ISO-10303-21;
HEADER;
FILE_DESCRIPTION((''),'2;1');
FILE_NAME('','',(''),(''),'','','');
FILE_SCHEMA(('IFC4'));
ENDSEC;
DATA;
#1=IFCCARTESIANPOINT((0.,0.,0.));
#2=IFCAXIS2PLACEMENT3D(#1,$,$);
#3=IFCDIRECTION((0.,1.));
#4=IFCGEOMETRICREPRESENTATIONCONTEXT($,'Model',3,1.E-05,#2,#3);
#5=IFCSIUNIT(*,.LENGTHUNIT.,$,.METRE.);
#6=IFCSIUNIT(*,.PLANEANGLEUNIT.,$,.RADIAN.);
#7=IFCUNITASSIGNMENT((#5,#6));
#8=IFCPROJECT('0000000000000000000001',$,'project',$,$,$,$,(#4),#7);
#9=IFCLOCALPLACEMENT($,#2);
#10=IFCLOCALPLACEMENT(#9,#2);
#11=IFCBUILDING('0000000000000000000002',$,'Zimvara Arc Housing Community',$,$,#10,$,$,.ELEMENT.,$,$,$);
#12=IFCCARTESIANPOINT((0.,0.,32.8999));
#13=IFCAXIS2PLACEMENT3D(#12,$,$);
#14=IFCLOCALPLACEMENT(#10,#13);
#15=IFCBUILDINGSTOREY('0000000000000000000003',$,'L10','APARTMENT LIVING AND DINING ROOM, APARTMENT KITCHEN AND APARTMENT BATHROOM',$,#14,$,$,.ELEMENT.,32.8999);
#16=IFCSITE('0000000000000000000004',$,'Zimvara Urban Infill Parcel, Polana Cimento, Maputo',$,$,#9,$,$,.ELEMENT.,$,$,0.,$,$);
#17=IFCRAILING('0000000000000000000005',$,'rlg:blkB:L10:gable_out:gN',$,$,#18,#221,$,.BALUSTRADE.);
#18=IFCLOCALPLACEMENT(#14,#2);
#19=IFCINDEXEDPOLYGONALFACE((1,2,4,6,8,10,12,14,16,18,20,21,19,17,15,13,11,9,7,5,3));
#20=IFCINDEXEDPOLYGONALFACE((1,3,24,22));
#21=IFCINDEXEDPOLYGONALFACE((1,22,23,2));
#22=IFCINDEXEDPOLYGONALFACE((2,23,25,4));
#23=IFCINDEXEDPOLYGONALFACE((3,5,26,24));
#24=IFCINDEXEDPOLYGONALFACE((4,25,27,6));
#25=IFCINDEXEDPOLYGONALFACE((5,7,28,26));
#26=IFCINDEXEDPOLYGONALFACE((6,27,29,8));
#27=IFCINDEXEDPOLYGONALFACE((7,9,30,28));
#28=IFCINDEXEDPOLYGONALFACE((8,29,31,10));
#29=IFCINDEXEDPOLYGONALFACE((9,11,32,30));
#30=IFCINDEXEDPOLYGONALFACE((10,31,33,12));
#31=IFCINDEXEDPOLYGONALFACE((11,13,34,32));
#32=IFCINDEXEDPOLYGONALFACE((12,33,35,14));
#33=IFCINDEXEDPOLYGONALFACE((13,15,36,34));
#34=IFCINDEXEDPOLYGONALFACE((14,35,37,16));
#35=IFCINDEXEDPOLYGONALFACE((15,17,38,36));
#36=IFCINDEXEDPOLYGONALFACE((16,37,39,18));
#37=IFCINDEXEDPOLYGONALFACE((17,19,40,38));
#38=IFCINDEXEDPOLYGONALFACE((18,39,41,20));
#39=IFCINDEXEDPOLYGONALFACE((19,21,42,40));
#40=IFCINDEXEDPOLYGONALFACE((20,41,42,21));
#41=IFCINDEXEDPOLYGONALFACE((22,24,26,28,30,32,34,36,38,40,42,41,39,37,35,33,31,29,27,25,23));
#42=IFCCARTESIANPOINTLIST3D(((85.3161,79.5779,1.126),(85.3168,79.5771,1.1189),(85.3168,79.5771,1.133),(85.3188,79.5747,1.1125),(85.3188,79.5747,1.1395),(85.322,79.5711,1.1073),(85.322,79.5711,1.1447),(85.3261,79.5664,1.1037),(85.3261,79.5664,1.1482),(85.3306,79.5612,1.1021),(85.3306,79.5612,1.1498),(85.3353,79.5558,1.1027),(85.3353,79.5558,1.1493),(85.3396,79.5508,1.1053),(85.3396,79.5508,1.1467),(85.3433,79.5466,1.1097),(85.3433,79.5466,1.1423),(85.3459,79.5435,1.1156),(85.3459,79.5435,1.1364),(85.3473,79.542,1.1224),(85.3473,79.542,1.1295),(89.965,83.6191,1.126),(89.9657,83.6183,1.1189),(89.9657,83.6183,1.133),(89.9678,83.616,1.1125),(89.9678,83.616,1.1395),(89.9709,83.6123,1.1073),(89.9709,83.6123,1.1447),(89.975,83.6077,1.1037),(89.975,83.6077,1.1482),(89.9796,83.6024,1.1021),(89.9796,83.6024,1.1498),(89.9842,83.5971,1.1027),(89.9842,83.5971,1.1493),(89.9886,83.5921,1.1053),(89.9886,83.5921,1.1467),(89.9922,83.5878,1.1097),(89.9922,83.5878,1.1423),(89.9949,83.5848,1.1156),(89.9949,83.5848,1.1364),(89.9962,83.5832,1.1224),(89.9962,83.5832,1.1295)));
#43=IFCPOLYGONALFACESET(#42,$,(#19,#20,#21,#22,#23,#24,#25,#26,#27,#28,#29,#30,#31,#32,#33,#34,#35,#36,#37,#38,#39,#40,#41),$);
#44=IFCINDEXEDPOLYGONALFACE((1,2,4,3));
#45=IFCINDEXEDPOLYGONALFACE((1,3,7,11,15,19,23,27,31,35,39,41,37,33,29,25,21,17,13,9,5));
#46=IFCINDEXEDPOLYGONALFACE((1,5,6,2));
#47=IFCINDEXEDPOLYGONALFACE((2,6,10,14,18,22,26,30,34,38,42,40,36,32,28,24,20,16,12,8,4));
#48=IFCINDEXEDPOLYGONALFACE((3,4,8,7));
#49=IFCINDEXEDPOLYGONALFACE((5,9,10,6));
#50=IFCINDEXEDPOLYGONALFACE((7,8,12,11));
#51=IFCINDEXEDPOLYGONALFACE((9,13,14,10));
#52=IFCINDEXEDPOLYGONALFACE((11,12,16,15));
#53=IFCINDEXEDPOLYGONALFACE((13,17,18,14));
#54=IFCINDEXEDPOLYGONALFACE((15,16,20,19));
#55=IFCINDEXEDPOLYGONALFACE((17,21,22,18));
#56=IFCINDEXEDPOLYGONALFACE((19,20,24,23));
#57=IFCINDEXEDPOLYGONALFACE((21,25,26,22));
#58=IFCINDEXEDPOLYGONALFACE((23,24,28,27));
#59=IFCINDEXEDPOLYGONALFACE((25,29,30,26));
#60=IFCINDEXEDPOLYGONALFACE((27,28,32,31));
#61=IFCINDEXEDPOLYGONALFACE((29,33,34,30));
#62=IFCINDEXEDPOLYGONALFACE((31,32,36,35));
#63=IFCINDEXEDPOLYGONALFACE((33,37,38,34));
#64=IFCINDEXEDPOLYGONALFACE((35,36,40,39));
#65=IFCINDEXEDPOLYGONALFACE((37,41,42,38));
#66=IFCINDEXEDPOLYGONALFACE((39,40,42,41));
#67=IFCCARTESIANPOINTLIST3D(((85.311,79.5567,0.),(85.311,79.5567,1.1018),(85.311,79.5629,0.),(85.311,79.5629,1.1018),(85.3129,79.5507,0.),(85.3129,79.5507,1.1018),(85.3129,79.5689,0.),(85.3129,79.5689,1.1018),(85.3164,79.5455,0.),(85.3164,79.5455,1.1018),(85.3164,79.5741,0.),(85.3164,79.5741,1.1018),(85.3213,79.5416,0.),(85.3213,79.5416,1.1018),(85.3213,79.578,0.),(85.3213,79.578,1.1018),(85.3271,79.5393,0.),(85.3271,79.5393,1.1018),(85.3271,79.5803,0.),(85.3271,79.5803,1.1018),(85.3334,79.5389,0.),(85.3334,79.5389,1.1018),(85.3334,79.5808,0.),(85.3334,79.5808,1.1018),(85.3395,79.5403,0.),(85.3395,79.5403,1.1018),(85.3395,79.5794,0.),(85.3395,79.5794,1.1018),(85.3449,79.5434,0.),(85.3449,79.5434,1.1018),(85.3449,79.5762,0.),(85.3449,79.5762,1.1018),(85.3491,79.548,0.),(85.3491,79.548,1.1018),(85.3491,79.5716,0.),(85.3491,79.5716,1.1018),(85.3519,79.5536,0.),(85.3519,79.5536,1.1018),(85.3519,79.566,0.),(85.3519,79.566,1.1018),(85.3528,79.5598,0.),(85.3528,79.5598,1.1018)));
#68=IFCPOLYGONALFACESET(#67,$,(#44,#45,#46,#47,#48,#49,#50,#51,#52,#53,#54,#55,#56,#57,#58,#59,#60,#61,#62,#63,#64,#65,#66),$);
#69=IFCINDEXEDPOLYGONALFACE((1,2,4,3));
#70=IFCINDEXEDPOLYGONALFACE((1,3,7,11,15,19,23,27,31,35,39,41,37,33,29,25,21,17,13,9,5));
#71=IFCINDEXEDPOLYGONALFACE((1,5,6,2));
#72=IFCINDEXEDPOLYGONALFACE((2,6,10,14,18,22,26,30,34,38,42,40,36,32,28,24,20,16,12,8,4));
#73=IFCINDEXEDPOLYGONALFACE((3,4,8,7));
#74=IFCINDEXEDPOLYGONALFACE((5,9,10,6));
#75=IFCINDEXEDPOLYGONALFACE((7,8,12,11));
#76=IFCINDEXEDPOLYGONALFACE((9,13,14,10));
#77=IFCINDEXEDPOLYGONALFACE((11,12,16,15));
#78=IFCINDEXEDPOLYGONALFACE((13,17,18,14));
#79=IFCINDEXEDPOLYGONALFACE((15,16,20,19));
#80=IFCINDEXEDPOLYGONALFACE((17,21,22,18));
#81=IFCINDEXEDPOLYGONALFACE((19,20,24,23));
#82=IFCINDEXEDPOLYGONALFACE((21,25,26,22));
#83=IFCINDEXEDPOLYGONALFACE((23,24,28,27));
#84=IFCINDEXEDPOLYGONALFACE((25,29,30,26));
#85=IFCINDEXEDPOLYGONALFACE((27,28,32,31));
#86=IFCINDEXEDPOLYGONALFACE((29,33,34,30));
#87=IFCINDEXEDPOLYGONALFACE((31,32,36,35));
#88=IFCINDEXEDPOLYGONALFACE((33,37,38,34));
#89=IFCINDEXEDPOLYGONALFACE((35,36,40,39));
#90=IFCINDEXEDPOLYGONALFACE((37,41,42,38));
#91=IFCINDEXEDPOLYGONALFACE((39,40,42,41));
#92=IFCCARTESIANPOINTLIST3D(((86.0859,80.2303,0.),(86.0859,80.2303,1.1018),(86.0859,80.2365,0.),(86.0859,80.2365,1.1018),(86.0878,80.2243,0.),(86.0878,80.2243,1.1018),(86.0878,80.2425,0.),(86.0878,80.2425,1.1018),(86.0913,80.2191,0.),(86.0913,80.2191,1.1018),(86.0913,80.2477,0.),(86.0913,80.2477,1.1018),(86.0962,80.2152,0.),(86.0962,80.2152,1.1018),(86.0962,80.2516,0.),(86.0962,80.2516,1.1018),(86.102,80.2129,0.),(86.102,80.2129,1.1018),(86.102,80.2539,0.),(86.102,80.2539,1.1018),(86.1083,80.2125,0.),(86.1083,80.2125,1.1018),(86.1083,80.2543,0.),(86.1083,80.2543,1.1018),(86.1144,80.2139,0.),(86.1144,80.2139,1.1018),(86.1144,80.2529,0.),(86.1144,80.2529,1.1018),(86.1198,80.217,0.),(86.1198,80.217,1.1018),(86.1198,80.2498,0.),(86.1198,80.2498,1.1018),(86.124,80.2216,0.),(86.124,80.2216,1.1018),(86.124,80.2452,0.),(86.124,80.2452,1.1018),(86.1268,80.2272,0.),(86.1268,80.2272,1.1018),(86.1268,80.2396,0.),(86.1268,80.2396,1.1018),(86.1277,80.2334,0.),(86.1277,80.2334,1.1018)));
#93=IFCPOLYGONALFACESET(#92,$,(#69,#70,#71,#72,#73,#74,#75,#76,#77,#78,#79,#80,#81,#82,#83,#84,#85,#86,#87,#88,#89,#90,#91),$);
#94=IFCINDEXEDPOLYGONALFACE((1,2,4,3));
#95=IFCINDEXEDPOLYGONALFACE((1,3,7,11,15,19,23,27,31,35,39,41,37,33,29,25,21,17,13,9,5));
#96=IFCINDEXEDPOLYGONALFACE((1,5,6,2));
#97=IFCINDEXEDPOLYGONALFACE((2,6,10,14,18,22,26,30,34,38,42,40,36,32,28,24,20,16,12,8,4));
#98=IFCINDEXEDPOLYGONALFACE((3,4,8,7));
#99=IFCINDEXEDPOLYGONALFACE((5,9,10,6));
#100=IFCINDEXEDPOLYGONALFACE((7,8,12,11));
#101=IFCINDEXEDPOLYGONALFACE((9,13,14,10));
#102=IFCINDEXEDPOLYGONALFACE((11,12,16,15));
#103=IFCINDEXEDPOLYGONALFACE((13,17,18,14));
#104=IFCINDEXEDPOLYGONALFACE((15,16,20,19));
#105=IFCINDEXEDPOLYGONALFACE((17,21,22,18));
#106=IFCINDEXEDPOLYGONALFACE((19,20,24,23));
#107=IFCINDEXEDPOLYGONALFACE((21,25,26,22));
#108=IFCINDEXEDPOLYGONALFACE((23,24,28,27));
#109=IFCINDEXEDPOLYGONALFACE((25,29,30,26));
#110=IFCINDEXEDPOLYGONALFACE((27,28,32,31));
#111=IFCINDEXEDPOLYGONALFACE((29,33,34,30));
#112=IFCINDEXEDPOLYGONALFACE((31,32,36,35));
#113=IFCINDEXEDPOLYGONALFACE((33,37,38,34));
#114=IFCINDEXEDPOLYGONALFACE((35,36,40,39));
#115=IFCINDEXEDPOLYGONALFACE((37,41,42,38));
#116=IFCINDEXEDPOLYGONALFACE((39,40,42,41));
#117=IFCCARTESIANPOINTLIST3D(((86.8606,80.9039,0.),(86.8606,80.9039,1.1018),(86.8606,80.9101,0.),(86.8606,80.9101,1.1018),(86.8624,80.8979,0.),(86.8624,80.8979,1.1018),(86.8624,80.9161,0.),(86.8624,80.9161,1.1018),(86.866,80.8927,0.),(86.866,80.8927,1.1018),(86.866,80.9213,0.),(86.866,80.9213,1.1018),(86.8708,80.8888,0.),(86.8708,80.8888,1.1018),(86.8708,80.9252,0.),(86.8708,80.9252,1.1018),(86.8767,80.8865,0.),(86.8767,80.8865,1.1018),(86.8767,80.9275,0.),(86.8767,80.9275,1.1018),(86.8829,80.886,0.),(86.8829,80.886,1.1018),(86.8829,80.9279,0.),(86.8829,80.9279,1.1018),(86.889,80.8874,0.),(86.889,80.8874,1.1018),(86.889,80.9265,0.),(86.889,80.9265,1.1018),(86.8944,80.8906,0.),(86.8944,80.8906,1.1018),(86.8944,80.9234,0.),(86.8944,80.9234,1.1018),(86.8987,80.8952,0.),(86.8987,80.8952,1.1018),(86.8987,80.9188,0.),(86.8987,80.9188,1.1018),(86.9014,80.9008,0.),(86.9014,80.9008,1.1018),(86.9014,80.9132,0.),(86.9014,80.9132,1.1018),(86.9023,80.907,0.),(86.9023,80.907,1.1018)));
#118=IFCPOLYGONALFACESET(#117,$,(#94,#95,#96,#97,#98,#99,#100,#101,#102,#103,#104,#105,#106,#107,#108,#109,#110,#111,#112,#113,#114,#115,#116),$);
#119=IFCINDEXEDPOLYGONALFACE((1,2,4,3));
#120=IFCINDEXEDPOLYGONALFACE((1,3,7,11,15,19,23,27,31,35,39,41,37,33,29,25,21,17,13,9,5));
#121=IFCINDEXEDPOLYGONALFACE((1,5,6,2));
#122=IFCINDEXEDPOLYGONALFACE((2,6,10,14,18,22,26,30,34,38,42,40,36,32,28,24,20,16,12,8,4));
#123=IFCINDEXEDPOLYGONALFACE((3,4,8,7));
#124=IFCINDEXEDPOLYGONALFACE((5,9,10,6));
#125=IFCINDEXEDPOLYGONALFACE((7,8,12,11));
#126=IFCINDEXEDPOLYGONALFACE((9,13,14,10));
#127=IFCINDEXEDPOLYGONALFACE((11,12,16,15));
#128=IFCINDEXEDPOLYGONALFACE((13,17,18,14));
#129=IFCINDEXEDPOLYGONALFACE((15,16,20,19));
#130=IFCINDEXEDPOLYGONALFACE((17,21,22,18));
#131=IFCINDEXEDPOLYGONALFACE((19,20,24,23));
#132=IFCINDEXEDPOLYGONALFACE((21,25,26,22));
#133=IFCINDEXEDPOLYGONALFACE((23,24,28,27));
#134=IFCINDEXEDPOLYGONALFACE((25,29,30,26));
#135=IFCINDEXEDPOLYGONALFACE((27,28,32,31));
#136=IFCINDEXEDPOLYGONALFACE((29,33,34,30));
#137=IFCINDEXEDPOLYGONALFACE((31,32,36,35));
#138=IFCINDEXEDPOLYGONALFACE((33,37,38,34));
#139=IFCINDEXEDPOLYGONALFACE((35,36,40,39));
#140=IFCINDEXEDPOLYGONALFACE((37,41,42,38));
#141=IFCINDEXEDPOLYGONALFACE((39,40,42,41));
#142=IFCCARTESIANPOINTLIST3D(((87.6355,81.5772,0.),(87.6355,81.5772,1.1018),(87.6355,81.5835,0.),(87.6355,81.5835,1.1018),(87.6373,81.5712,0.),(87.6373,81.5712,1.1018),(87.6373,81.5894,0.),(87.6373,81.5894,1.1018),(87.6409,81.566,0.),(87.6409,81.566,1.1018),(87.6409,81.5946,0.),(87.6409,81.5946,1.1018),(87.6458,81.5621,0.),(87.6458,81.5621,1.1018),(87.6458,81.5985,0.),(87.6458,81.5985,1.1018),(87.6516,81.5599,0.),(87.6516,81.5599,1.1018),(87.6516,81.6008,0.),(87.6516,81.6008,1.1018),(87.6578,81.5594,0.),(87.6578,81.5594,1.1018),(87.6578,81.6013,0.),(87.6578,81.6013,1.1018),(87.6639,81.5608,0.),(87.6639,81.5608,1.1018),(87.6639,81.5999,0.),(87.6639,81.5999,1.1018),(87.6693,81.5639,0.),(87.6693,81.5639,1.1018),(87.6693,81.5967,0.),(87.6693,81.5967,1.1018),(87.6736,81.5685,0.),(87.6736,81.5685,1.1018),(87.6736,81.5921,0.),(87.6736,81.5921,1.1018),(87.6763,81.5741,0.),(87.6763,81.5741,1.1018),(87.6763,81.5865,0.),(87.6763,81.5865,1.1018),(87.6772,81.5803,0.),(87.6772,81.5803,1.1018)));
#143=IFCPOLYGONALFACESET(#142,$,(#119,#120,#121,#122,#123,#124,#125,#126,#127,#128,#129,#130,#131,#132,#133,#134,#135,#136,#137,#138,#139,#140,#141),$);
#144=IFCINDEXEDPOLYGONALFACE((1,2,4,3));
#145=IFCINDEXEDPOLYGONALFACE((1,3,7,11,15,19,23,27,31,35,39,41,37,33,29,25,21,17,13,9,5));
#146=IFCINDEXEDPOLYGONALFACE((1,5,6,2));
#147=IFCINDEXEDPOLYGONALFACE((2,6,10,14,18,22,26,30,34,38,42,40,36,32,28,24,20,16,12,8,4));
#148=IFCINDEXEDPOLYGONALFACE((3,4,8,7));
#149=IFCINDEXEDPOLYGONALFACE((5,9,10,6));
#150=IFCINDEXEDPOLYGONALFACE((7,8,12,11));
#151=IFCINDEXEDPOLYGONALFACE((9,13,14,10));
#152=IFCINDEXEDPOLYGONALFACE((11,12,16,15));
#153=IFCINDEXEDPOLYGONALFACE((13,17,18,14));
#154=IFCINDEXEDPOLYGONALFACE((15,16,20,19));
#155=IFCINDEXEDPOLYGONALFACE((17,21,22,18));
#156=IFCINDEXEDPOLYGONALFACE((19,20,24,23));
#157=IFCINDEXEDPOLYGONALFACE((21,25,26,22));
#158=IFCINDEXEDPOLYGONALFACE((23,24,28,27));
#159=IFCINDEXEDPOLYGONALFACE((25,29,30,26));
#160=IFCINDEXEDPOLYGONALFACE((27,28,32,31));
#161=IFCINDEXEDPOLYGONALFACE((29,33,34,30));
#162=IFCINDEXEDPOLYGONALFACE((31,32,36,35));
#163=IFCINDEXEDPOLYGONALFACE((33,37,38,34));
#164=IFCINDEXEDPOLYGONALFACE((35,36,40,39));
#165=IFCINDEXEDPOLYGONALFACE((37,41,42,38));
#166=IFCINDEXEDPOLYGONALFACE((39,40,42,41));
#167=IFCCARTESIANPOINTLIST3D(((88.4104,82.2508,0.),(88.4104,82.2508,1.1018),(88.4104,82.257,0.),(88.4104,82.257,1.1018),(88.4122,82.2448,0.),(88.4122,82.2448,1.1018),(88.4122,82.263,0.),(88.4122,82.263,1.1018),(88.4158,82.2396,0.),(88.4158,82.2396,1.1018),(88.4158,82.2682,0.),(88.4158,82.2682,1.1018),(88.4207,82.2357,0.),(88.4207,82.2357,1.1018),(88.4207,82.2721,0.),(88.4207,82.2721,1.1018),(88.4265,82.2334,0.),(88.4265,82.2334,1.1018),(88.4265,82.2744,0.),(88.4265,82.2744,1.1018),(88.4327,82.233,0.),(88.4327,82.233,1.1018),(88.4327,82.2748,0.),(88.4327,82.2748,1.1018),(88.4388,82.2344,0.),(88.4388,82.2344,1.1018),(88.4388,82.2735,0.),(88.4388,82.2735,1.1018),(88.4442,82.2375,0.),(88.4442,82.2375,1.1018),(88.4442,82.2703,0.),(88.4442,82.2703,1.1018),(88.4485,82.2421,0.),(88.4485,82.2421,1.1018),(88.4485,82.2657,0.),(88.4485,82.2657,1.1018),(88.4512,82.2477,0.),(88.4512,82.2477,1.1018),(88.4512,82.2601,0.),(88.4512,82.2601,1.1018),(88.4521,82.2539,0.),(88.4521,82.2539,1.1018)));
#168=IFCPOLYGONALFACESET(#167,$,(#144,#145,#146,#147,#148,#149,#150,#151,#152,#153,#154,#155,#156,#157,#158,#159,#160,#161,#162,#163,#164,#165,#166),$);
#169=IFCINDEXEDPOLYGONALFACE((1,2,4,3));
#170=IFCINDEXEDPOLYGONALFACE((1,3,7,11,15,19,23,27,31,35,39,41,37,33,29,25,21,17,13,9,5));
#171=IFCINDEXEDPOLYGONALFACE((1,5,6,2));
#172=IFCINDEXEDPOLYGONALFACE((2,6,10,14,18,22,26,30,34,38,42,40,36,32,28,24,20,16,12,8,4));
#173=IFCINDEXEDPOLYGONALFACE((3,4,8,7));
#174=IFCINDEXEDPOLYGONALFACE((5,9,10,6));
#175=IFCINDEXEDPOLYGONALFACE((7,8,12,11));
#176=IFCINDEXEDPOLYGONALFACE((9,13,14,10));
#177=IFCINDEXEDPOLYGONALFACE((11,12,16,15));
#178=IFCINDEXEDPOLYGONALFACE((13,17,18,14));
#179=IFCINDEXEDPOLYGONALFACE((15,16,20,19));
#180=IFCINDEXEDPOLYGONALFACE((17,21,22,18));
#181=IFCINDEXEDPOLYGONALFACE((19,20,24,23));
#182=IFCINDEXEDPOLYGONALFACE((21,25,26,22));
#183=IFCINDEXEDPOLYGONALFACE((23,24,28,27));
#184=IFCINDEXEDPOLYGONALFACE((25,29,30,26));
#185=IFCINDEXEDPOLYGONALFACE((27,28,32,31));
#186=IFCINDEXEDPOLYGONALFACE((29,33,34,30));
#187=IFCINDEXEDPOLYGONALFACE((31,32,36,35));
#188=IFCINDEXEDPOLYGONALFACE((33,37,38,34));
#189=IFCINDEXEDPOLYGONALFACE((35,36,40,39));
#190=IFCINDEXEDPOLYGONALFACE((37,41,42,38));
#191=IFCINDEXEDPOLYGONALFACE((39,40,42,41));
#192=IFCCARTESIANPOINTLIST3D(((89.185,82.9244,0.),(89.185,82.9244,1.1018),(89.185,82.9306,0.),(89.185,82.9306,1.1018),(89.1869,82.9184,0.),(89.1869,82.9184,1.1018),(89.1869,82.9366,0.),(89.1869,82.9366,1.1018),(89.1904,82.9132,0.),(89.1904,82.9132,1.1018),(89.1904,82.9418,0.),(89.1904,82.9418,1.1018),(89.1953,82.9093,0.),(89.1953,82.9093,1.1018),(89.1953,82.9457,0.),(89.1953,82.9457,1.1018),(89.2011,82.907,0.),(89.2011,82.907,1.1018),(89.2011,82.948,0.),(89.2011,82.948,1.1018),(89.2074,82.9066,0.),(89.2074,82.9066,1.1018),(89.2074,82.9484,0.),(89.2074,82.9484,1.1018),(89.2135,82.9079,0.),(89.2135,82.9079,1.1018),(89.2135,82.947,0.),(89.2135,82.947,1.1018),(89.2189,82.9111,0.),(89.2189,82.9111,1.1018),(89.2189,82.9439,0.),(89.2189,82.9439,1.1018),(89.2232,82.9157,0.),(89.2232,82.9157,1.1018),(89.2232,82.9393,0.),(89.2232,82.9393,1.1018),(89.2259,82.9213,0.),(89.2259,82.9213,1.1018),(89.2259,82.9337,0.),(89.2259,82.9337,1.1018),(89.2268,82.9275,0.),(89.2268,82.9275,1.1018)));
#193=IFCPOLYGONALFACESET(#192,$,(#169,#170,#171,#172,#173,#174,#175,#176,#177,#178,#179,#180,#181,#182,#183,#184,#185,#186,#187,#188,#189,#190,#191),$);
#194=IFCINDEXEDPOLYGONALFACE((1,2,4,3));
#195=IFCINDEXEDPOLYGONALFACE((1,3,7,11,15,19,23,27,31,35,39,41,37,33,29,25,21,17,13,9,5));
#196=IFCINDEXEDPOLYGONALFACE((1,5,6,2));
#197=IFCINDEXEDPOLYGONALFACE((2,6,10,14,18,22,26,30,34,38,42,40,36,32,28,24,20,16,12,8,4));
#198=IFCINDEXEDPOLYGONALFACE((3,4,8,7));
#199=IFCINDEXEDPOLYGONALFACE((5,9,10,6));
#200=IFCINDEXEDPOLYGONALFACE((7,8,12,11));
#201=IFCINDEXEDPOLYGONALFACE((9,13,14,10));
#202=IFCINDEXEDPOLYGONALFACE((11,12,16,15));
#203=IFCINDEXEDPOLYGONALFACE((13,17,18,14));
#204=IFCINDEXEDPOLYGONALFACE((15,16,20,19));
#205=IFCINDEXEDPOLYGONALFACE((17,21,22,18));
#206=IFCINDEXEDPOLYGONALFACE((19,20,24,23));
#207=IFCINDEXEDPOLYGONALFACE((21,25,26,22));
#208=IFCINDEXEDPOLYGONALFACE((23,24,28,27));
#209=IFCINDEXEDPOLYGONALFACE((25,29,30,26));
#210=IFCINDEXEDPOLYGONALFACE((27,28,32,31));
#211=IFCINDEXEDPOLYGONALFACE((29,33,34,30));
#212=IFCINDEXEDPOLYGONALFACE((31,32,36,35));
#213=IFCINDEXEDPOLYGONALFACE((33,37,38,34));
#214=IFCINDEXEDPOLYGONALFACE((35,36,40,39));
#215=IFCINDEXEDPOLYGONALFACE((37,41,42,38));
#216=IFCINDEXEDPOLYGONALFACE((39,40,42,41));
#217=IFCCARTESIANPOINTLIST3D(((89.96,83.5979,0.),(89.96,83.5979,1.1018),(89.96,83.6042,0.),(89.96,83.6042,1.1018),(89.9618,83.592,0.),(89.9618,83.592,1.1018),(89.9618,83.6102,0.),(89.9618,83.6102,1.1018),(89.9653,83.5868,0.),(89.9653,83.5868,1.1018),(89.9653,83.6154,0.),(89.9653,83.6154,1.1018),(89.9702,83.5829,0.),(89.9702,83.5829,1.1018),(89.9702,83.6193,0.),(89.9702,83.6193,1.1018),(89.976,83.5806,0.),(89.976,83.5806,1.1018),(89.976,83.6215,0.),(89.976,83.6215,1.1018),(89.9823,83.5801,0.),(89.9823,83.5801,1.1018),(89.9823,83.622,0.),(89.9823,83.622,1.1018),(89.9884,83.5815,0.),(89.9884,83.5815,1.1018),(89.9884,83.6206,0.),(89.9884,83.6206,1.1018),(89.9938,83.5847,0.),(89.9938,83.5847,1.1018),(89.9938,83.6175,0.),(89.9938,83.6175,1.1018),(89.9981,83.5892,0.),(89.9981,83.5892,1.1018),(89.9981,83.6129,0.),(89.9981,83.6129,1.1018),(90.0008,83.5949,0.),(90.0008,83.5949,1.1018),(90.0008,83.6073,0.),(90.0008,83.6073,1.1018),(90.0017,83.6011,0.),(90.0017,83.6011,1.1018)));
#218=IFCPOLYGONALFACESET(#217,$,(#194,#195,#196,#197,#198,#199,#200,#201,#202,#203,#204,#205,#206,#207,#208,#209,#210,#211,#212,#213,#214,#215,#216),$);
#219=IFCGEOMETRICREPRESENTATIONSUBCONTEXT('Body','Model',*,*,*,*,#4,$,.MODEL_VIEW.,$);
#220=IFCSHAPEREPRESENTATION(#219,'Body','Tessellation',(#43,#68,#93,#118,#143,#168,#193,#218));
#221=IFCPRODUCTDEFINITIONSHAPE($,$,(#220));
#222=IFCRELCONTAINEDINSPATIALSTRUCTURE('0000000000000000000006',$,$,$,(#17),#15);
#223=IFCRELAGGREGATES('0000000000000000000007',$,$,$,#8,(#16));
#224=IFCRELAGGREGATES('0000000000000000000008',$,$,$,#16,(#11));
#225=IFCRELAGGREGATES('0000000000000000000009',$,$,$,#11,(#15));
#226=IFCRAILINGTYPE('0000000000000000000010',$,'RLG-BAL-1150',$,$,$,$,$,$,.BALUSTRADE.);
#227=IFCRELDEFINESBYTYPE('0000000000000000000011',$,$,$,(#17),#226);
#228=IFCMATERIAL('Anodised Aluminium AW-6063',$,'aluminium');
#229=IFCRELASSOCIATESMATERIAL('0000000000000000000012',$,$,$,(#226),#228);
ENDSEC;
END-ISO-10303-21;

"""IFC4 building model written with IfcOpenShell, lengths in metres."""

from ifc_helpers import new_model, si_unit, direction, frame, origin, origin_2d, place, context, subcontext, project, spatial, circle, extrude, material, type_object, element, save


model = new_model("IFC4")

# Units and contexts
model_context = context("Model", 3, precision=1e-05, world=origin(), true_north=direction((0.0, 1.0)))
body_context = subcontext(model_context, "Body", "Model", "MODEL_VIEW")
ifc_project = project(units=[si_unit("LENGTHUNIT", "METRE"), si_unit("PLANEANGLEUNIT", "RADIAN")], contexts=[model_context])

# Site, building, storey
site_placement = place(None, origin())
site = spatial("IfcSite", under=ifc_project, at=site_placement, Name="Zimvara Urban Infill Parcel, Polana Cimento, Maputo", CompositionType="ELEMENT", RefElevation=0.0)
building_placement = place(site_placement, origin())
building = spatial("IfcBuilding", under=site, at=building_placement, Name="Zimvara Arc Housing Community", CompositionType="ELEMENT")
storey_placement = place(building_placement, frame((0.0, 0.0, 32.8999)))
storey = spatial("IfcBuildingStorey", under=building, at=storey_placement, Name="L10", Description="APARTMENT LIVING AND DINING ROOM, APARTMENT KITCHEN AND APARTMENT BATHROOM", CompositionType="ELEMENT", Elevation=32.8999)

# Railing
ifc_material_1 = material(Name="Anodised Aluminium AW-6063", Category="aluminium")
railing_type_1 = type_object("IfcRailingType", Name="RLG-BAL-1150", PredefinedType="BALUSTRADE", material=ifc_material_1)
railing_1_placement = place(storey_placement, frame((85.3318, 79.5598, 0.0)))
element("IfcRailing", 1, at=railing_1_placement, inside=storey, type_object=railing_type_1, Name="rlg:blkB:L10:gable_out:gN", PredefinedType="BALUSTRADE", context=body_context, shape_type="SweptSolid", body=[
    extrude(circle(Radius=0.0239, at=origin_2d()), frame((0.0, 0.0, 1.126), z_axis=(0.754709, 0.65606, 0.0), x_axis=(-0.65606, 0.754709, 0.0)), (0.0, 0.0, 1.0), 6.1599),
    extrude(circle(Radius=0.021, at=origin_2d()), origin(), (0.0, 0.0, 1.0), 1.1018),
    extrude(circle(Radius=0.021, at=origin_2d()), frame((0.7749, 0.6736, 0.0)), (0.0, 0.0, 1.0), 1.1018),
    extrude(circle(Radius=0.021, at=origin_2d()), frame((1.5496, 1.3472, 0.0)), (0.0, 0.0, 1.0), 1.1018),
    extrude(circle(Radius=0.021, at=origin_2d()), frame((2.3245, 2.0205, 0.0)), (0.0, 0.0, 1.0), 1.1018),
    extrude(circle(Radius=0.021, at=origin_2d()), frame((3.0994, 2.6941, 0.0)), (0.0, 0.0, 1.0), 1.1018),
    extrude(circle(Radius=0.021, at=origin_2d()), frame((3.874, 3.3677, 0.0)), (0.0, 0.0, 1.0), 1.1018),
    extrude(circle(Radius=0.021, at=origin_2d()), frame((4.6489, 4.0413, 0.0)), (0.0, 0.0, 1.0), 1.1018),
])

save(model, "model.ifc")
